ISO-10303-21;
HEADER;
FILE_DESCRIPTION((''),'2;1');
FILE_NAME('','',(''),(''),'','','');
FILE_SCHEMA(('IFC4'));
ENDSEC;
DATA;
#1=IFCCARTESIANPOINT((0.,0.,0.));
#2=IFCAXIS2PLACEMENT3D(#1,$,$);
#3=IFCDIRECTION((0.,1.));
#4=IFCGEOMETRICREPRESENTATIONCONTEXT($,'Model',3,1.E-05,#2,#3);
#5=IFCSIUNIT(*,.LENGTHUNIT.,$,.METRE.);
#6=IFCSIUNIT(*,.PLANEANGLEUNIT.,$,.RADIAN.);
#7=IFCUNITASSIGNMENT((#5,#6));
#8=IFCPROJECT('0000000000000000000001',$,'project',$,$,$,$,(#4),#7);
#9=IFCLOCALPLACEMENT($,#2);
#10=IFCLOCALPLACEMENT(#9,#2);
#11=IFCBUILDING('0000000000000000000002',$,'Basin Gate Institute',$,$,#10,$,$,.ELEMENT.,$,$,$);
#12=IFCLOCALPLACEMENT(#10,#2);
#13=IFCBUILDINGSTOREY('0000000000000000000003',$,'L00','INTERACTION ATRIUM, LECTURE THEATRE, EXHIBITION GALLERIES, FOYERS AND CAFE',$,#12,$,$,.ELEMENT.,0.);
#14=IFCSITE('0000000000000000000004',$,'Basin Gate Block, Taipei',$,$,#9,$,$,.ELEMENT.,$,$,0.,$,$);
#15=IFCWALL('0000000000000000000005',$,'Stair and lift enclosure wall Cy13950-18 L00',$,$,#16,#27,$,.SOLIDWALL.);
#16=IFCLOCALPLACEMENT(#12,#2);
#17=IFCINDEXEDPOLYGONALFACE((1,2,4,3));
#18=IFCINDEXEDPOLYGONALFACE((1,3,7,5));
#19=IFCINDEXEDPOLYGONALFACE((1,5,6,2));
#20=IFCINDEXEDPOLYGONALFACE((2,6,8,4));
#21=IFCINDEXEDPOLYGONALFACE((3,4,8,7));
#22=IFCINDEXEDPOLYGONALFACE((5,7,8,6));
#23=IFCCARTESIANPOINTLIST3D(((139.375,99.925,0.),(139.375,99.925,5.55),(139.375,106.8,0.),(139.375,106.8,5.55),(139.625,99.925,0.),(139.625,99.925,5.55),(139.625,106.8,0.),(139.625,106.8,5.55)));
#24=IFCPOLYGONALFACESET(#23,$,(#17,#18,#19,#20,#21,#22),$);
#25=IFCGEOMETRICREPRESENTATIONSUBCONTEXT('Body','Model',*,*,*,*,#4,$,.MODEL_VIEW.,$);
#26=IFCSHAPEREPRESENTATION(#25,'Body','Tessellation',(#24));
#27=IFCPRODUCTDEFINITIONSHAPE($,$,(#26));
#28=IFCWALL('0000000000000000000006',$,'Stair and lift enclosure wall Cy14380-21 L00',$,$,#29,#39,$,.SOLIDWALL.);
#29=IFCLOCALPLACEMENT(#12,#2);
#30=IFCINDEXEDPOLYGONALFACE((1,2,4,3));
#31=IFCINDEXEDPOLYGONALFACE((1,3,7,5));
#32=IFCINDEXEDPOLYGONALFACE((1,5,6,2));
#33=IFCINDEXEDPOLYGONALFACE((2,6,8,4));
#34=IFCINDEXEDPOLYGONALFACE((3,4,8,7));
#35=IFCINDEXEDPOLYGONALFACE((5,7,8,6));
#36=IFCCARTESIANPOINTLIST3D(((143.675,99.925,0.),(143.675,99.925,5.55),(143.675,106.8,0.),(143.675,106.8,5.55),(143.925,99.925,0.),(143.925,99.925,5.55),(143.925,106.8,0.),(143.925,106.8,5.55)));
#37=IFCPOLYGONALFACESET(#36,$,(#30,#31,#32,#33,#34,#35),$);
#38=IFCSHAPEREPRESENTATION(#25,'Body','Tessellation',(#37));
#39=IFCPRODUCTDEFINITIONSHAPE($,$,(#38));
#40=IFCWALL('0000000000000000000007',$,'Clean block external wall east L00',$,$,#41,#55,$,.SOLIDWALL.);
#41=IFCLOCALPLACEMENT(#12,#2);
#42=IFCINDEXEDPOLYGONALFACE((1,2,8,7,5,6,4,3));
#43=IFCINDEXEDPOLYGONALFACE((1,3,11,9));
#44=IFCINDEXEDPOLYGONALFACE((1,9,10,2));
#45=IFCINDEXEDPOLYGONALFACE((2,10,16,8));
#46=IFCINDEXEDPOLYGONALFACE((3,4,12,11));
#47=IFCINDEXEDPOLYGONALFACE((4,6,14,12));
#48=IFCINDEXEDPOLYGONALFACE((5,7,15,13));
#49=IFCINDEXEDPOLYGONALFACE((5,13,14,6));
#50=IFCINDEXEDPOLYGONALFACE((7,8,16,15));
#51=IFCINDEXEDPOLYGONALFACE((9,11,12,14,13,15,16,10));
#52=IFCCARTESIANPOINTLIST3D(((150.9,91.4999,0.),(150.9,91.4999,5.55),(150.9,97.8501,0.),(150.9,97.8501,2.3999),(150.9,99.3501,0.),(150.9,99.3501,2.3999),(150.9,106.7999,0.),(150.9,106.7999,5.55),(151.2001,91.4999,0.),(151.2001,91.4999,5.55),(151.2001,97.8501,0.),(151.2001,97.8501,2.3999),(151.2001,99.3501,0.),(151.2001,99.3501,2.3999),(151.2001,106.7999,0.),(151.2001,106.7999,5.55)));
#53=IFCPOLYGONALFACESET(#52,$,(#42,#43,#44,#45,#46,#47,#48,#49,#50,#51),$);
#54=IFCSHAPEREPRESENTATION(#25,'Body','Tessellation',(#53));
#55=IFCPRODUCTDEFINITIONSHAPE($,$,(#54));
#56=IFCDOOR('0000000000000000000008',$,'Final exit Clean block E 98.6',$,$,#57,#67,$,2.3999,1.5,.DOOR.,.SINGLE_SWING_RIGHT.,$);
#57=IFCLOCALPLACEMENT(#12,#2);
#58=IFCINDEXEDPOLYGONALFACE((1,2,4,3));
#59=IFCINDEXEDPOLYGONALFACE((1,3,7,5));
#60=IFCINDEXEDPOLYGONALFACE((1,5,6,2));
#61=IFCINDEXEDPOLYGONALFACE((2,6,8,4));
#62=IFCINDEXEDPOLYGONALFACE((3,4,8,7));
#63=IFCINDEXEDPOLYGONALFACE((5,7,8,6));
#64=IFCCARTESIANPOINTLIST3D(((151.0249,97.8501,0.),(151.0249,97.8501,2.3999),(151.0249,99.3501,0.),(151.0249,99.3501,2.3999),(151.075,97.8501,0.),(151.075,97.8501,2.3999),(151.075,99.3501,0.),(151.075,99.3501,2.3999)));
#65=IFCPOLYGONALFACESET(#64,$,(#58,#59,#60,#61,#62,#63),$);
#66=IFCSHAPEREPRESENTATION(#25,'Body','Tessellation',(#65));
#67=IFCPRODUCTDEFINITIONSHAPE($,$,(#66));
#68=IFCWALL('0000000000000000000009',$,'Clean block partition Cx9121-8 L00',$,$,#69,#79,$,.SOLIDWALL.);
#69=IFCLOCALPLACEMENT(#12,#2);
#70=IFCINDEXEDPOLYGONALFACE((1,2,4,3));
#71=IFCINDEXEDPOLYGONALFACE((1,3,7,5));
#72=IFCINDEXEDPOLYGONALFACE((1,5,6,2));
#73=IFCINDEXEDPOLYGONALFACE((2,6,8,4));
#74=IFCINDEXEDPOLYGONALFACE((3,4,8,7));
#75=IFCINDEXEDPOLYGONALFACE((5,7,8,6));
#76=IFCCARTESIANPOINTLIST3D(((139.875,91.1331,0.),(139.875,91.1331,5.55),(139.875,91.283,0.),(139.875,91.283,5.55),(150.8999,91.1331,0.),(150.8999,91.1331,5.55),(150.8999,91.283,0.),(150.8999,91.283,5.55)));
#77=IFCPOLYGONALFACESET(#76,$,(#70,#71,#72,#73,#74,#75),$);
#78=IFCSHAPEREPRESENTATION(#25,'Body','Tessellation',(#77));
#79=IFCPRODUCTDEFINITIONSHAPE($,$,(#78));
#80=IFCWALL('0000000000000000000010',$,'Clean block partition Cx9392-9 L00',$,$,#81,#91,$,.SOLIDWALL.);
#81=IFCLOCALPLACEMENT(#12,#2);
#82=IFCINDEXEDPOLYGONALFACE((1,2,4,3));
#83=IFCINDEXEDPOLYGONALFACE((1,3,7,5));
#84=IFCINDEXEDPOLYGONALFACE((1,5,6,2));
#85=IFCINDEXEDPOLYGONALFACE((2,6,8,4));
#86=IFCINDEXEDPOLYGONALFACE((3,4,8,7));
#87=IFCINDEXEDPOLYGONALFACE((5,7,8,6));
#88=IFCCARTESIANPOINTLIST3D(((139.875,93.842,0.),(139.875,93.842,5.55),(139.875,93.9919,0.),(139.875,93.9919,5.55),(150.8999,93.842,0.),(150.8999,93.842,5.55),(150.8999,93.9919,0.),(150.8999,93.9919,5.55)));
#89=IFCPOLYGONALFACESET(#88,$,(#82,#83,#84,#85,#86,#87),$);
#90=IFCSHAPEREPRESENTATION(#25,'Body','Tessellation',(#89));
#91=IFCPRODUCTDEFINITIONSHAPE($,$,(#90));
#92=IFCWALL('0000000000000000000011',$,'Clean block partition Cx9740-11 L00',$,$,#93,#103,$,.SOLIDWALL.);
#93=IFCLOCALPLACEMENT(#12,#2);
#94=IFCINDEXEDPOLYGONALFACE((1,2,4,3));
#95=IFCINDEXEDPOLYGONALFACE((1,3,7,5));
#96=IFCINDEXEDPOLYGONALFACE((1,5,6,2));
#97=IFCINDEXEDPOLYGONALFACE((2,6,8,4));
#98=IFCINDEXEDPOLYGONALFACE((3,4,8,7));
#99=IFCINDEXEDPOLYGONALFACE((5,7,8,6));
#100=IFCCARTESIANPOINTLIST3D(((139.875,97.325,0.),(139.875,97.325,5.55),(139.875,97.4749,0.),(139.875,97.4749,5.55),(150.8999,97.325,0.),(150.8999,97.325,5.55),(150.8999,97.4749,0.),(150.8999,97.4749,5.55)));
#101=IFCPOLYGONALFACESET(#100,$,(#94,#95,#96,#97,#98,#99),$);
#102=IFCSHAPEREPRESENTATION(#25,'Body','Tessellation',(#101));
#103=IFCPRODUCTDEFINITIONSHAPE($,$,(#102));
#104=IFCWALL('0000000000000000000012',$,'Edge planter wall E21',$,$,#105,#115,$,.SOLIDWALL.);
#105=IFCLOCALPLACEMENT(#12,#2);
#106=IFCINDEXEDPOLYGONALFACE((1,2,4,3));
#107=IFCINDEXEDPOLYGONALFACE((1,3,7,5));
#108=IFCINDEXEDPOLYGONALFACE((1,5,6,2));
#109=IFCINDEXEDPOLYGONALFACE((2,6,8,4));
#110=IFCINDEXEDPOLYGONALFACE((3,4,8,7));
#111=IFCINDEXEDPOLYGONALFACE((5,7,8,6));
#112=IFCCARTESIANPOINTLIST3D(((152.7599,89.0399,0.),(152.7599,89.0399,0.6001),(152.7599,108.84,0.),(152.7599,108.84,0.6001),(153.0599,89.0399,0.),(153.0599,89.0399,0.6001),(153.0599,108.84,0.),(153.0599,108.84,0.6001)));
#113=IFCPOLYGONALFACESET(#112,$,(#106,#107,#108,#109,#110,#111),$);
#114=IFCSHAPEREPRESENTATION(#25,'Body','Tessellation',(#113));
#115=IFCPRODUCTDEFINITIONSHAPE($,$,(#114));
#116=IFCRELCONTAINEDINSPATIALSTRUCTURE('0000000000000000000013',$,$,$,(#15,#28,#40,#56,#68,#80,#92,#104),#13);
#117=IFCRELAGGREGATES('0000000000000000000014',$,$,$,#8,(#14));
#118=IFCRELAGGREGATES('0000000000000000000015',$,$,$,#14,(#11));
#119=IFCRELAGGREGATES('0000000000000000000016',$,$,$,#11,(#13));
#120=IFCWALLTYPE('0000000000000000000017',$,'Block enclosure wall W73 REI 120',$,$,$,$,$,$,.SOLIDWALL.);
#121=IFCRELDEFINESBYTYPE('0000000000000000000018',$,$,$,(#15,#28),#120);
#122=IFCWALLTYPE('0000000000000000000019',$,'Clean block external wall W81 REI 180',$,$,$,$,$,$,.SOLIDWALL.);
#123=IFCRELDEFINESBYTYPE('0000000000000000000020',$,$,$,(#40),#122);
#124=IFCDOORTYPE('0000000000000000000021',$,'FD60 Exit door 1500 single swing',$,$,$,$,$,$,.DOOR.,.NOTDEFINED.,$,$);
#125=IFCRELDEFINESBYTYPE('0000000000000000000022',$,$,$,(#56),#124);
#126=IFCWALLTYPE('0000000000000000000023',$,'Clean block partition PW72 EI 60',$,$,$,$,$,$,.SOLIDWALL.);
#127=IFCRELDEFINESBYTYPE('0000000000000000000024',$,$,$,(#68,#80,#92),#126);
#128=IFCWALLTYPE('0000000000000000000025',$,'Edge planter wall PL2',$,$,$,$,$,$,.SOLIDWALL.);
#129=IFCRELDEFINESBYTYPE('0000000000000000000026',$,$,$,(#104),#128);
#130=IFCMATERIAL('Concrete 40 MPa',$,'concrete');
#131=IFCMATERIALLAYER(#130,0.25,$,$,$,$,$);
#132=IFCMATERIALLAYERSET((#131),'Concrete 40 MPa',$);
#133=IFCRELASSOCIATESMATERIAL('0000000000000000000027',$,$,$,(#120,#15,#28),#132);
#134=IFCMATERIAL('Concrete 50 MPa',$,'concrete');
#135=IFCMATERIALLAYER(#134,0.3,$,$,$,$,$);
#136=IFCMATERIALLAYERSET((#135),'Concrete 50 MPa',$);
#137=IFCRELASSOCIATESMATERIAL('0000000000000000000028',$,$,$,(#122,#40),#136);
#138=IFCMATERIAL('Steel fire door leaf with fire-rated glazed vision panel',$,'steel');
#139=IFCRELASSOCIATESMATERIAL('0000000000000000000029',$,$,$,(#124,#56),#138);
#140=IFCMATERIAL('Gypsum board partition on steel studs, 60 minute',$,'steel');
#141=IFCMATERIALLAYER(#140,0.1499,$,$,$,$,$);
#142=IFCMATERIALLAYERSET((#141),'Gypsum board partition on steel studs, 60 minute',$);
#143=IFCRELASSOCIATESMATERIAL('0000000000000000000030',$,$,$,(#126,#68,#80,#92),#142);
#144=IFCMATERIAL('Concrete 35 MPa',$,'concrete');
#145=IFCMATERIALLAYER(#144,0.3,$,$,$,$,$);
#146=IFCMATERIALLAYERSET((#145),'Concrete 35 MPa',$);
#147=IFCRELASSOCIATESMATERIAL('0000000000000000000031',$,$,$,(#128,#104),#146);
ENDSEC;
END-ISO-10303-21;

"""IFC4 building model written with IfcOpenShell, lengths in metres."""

from ifc_helpers import new_model, si_unit, direction, frame, frame_2d, origin, place, context, subcontext, project, spatial, rectangle, extrude, material, layer, layer_set, type_object, element, fill, save


model = new_model("IFC4")

# Units and contexts
model_context = context("Model", 3, precision=1e-05, world=origin(), true_north=direction((0.0, 1.0)))
body_context = subcontext(model_context, "Body", "Model", "MODEL_VIEW")
ifc_project = project(units=[si_unit("LENGTHUNIT", "METRE"), si_unit("PLANEANGLEUNIT", "RADIAN")], contexts=[model_context])

# Site, building, storey
site_placement = place(None, origin())
site = spatial("IfcSite", under=ifc_project, at=site_placement, Name="Basin Gate Block, Taipei", CompositionType="ELEMENT", RefElevation=0.0)
building_placement = place(site_placement, origin())
building = spatial("IfcBuilding", under=site, at=building_placement, Name="Basin Gate Institute", CompositionType="ELEMENT")
storey_placement = place(building_placement, origin())
storey = spatial("IfcBuildingStorey", under=building, at=storey_placement, Name="L00", Description="INTERACTION ATRIUM, LECTURE THEATRE, EXHIBITION GALLERIES, FOYERS AND CAFE", CompositionType="ELEMENT", Elevation=0.0)

# Walls
ifc_material_1 = material(Name="Concrete 40 MPa", Category="concrete")
ifc_layer_1 = layer(ifc_material_1, 0.25)
ifc_layer_set_1 = layer_set([ifc_layer_1], Name="Concrete 40 MPa")
wall_type_1 = type_object("IfcWallType", Name="Block enclosure wall W73 REI 120", PredefinedType="SOLIDWALL", material=ifc_layer_set_1)
for number, where, z_axis, x_axis, name in (
    (1, (139.5, 99.925, 0.0), (0.0, 0.0, 1.0), (0.0, 1.0, 0.0), "Stair and lift enclosure wall Cy13950-18 L00"),
    (2, (143.8, 99.925, 0.0), (0.0, 0.0, 1.0), (0.0, 1.0, 0.0), "Stair and lift enclosure wall Cy14380-21 L00"),
):
    element("IfcWall", number, at=place(storey_placement, frame(where, z_axis=z_axis, x_axis=x_axis)), inside=storey, type_object=wall_type_1, material=ifc_layer_set_1, Name=name, PredefinedType="SOLIDWALL", context=body_context, shape_type="SweptSolid", body=[
        extrude(rectangle(XDim=6.875, YDim=0.25, at=frame_2d((3.4375, 0.0))), origin(), (0.0, 0.0, 1.0), 5.55),
    ])

# Wall, opening, door
ifc_material_2 = material(Name="Concrete 50 MPa", Category="concrete")
ifc_layer_2 = layer(ifc_material_2, 0.3)
ifc_layer_set_2 = layer_set([ifc_layer_2], Name="Concrete 50 MPa")
wall_type_2 = type_object("IfcWallType", Name="Clean block external wall W81 REI 180", PredefinedType="SOLIDWALL", material=ifc_layer_set_2)
wall_1_placement = place(storey_placement, frame((151.05, 91.5, 0.0), z_axis=(0.0, 0.0, 1.0), x_axis=(0.0, 1.0, 0.0)))
wall_1 = element("IfcWall", 3, at=wall_1_placement, inside=storey, type_object=wall_type_2, material=ifc_layer_set_2, Name="Clean block external wall east L00", PredefinedType="SOLIDWALL", context=body_context, shape_type="SweptSolid", body=[
    extrude(rectangle(XDim=15.3, YDim=0.3, at=frame_2d((7.6499, 0.0))), origin(), (0.0, 0.0, 1.0), 5.55),
])
opening_placement = place(wall_1_placement, frame((6.3501, 0.0, 0.0)))
opening = element("IfcOpeningElement", 4, at=opening_placement, cuts=wall_1, PredefinedType="OPENING", context=body_context, shape_type="SweptSolid", body=[
    extrude(rectangle(XDim=1.5, YDim=2.3999, at=frame_2d((0.75, 1.2))), frame((0.0, 0.1602, 0.0), z_axis=(0.0, -1.0, 0.0), x_axis=(1.0, 0.0, 0.0)), (0.0, 0.0, 1.0), 0.3201),
])
ifc_material_3 = material(Name="Steel fire door leaf with fire-rated glazed vision panel", Category="steel")
door_type = type_object("IfcDoorType", Name="FD60 Exit door 1500 single swing", OperationType="NOTDEFINED", PredefinedType="DOOR", material=ifc_material_3)
door_placement = place(opening_placement, frame((1.5, 0.0, 0.0), z_axis=(0.0, 0.0, 1.0), x_axis=(-1.0, 0.0, 0.0)))
door = element("IfcDoor", 5, at=door_placement, inside=storey, type_object=door_type, material=ifc_material_3, Name="Final exit Clean block E 98.6", OperationType="SINGLE_SWING_RIGHT", OverallHeight=2.3999, OverallWidth=1.5, PredefinedType="DOOR", context=body_context, shape_type="SweptSolid", body=[
    extrude(rectangle(XDim=1.5, YDim=2.3999, at=frame_2d((0.75, 1.2))), frame((0.0, 0.0249, 0.0), z_axis=(0.0, -1.0, 0.0), x_axis=(1.0, 0.0, 0.0)), (0.0, 0.0, 1.0), 0.05),
])
fill(opening, door)

# Walls
ifc_material_4 = material(Name="Gypsum board partition on steel studs, 60 minute", Category="steel")
ifc_layer_3 = layer(ifc_material_4, 0.1499)
ifc_layer_set_3 = layer_set([ifc_layer_3], Name="Gypsum board partition on steel studs, 60 minute")
wall_type_3 = type_object("IfcWallType", Name="Clean block partition PW72 EI 60", PredefinedType="SOLIDWALL", material=ifc_layer_set_3)
for number, where, z_axis, x_axis, name in (
    (6, (139.875, 91.208, 0.0), (0.0, 0.0, 1.0), (1.0, 0.0, 0.0), "Clean block partition Cx9121-8 L00"),
    (7, (139.875, 93.917, 0.0), (0.0, 0.0, 1.0), (1.0, 0.0, 0.0), "Clean block partition Cx9392-9 L00"),
    (8, (139.875, 97.3999, 0.0), (0.0, 0.0, 1.0), (1.0, 0.0, 0.0), "Clean block partition Cx9740-11 L00"),
):
    element("IfcWall", number, at=place(storey_placement, frame(where, z_axis=z_axis, x_axis=x_axis)), inside=storey, type_object=wall_type_3, material=ifc_layer_set_3, Name=name, PredefinedType="SOLIDWALL", context=body_context, shape_type="SweptSolid", body=[
        extrude(rectangle(XDim=11.0249, YDim=0.1499, at=frame_2d((5.5125, 0.0))), origin(), (0.0, 0.0, 1.0), 5.55),
    ])
ifc_material_5 = material(Name="Concrete 35 MPa", Category="concrete")
ifc_layer_4 = layer(ifc_material_5, 0.3)
ifc_layer_set_4 = layer_set([ifc_layer_4], Name="Concrete 35 MPa")
wall_type_4 = type_object("IfcWallType", Name="Edge planter wall PL2", PredefinedType="SOLIDWALL", material=ifc_layer_set_4)
wall_2_placement = place(storey_placement, frame((152.9099, 89.04, 0.0), z_axis=(0.0, 0.0, 1.0), x_axis=(0.0, 1.0, 0.0)))
element("IfcWall", 9, at=wall_2_placement, inside=storey, type_object=wall_type_4, material=ifc_layer_set_4, Name="Edge planter wall E21", PredefinedType="SOLIDWALL", context=body_context, shape_type="SweptSolid", body=[
    extrude(rectangle(XDim=19.8, YDim=0.3, at=frame_2d((9.8999, 0.0))), origin(), (0.0, 0.0, 1.0), 0.6001),
])

save(model, "model.ifc")
